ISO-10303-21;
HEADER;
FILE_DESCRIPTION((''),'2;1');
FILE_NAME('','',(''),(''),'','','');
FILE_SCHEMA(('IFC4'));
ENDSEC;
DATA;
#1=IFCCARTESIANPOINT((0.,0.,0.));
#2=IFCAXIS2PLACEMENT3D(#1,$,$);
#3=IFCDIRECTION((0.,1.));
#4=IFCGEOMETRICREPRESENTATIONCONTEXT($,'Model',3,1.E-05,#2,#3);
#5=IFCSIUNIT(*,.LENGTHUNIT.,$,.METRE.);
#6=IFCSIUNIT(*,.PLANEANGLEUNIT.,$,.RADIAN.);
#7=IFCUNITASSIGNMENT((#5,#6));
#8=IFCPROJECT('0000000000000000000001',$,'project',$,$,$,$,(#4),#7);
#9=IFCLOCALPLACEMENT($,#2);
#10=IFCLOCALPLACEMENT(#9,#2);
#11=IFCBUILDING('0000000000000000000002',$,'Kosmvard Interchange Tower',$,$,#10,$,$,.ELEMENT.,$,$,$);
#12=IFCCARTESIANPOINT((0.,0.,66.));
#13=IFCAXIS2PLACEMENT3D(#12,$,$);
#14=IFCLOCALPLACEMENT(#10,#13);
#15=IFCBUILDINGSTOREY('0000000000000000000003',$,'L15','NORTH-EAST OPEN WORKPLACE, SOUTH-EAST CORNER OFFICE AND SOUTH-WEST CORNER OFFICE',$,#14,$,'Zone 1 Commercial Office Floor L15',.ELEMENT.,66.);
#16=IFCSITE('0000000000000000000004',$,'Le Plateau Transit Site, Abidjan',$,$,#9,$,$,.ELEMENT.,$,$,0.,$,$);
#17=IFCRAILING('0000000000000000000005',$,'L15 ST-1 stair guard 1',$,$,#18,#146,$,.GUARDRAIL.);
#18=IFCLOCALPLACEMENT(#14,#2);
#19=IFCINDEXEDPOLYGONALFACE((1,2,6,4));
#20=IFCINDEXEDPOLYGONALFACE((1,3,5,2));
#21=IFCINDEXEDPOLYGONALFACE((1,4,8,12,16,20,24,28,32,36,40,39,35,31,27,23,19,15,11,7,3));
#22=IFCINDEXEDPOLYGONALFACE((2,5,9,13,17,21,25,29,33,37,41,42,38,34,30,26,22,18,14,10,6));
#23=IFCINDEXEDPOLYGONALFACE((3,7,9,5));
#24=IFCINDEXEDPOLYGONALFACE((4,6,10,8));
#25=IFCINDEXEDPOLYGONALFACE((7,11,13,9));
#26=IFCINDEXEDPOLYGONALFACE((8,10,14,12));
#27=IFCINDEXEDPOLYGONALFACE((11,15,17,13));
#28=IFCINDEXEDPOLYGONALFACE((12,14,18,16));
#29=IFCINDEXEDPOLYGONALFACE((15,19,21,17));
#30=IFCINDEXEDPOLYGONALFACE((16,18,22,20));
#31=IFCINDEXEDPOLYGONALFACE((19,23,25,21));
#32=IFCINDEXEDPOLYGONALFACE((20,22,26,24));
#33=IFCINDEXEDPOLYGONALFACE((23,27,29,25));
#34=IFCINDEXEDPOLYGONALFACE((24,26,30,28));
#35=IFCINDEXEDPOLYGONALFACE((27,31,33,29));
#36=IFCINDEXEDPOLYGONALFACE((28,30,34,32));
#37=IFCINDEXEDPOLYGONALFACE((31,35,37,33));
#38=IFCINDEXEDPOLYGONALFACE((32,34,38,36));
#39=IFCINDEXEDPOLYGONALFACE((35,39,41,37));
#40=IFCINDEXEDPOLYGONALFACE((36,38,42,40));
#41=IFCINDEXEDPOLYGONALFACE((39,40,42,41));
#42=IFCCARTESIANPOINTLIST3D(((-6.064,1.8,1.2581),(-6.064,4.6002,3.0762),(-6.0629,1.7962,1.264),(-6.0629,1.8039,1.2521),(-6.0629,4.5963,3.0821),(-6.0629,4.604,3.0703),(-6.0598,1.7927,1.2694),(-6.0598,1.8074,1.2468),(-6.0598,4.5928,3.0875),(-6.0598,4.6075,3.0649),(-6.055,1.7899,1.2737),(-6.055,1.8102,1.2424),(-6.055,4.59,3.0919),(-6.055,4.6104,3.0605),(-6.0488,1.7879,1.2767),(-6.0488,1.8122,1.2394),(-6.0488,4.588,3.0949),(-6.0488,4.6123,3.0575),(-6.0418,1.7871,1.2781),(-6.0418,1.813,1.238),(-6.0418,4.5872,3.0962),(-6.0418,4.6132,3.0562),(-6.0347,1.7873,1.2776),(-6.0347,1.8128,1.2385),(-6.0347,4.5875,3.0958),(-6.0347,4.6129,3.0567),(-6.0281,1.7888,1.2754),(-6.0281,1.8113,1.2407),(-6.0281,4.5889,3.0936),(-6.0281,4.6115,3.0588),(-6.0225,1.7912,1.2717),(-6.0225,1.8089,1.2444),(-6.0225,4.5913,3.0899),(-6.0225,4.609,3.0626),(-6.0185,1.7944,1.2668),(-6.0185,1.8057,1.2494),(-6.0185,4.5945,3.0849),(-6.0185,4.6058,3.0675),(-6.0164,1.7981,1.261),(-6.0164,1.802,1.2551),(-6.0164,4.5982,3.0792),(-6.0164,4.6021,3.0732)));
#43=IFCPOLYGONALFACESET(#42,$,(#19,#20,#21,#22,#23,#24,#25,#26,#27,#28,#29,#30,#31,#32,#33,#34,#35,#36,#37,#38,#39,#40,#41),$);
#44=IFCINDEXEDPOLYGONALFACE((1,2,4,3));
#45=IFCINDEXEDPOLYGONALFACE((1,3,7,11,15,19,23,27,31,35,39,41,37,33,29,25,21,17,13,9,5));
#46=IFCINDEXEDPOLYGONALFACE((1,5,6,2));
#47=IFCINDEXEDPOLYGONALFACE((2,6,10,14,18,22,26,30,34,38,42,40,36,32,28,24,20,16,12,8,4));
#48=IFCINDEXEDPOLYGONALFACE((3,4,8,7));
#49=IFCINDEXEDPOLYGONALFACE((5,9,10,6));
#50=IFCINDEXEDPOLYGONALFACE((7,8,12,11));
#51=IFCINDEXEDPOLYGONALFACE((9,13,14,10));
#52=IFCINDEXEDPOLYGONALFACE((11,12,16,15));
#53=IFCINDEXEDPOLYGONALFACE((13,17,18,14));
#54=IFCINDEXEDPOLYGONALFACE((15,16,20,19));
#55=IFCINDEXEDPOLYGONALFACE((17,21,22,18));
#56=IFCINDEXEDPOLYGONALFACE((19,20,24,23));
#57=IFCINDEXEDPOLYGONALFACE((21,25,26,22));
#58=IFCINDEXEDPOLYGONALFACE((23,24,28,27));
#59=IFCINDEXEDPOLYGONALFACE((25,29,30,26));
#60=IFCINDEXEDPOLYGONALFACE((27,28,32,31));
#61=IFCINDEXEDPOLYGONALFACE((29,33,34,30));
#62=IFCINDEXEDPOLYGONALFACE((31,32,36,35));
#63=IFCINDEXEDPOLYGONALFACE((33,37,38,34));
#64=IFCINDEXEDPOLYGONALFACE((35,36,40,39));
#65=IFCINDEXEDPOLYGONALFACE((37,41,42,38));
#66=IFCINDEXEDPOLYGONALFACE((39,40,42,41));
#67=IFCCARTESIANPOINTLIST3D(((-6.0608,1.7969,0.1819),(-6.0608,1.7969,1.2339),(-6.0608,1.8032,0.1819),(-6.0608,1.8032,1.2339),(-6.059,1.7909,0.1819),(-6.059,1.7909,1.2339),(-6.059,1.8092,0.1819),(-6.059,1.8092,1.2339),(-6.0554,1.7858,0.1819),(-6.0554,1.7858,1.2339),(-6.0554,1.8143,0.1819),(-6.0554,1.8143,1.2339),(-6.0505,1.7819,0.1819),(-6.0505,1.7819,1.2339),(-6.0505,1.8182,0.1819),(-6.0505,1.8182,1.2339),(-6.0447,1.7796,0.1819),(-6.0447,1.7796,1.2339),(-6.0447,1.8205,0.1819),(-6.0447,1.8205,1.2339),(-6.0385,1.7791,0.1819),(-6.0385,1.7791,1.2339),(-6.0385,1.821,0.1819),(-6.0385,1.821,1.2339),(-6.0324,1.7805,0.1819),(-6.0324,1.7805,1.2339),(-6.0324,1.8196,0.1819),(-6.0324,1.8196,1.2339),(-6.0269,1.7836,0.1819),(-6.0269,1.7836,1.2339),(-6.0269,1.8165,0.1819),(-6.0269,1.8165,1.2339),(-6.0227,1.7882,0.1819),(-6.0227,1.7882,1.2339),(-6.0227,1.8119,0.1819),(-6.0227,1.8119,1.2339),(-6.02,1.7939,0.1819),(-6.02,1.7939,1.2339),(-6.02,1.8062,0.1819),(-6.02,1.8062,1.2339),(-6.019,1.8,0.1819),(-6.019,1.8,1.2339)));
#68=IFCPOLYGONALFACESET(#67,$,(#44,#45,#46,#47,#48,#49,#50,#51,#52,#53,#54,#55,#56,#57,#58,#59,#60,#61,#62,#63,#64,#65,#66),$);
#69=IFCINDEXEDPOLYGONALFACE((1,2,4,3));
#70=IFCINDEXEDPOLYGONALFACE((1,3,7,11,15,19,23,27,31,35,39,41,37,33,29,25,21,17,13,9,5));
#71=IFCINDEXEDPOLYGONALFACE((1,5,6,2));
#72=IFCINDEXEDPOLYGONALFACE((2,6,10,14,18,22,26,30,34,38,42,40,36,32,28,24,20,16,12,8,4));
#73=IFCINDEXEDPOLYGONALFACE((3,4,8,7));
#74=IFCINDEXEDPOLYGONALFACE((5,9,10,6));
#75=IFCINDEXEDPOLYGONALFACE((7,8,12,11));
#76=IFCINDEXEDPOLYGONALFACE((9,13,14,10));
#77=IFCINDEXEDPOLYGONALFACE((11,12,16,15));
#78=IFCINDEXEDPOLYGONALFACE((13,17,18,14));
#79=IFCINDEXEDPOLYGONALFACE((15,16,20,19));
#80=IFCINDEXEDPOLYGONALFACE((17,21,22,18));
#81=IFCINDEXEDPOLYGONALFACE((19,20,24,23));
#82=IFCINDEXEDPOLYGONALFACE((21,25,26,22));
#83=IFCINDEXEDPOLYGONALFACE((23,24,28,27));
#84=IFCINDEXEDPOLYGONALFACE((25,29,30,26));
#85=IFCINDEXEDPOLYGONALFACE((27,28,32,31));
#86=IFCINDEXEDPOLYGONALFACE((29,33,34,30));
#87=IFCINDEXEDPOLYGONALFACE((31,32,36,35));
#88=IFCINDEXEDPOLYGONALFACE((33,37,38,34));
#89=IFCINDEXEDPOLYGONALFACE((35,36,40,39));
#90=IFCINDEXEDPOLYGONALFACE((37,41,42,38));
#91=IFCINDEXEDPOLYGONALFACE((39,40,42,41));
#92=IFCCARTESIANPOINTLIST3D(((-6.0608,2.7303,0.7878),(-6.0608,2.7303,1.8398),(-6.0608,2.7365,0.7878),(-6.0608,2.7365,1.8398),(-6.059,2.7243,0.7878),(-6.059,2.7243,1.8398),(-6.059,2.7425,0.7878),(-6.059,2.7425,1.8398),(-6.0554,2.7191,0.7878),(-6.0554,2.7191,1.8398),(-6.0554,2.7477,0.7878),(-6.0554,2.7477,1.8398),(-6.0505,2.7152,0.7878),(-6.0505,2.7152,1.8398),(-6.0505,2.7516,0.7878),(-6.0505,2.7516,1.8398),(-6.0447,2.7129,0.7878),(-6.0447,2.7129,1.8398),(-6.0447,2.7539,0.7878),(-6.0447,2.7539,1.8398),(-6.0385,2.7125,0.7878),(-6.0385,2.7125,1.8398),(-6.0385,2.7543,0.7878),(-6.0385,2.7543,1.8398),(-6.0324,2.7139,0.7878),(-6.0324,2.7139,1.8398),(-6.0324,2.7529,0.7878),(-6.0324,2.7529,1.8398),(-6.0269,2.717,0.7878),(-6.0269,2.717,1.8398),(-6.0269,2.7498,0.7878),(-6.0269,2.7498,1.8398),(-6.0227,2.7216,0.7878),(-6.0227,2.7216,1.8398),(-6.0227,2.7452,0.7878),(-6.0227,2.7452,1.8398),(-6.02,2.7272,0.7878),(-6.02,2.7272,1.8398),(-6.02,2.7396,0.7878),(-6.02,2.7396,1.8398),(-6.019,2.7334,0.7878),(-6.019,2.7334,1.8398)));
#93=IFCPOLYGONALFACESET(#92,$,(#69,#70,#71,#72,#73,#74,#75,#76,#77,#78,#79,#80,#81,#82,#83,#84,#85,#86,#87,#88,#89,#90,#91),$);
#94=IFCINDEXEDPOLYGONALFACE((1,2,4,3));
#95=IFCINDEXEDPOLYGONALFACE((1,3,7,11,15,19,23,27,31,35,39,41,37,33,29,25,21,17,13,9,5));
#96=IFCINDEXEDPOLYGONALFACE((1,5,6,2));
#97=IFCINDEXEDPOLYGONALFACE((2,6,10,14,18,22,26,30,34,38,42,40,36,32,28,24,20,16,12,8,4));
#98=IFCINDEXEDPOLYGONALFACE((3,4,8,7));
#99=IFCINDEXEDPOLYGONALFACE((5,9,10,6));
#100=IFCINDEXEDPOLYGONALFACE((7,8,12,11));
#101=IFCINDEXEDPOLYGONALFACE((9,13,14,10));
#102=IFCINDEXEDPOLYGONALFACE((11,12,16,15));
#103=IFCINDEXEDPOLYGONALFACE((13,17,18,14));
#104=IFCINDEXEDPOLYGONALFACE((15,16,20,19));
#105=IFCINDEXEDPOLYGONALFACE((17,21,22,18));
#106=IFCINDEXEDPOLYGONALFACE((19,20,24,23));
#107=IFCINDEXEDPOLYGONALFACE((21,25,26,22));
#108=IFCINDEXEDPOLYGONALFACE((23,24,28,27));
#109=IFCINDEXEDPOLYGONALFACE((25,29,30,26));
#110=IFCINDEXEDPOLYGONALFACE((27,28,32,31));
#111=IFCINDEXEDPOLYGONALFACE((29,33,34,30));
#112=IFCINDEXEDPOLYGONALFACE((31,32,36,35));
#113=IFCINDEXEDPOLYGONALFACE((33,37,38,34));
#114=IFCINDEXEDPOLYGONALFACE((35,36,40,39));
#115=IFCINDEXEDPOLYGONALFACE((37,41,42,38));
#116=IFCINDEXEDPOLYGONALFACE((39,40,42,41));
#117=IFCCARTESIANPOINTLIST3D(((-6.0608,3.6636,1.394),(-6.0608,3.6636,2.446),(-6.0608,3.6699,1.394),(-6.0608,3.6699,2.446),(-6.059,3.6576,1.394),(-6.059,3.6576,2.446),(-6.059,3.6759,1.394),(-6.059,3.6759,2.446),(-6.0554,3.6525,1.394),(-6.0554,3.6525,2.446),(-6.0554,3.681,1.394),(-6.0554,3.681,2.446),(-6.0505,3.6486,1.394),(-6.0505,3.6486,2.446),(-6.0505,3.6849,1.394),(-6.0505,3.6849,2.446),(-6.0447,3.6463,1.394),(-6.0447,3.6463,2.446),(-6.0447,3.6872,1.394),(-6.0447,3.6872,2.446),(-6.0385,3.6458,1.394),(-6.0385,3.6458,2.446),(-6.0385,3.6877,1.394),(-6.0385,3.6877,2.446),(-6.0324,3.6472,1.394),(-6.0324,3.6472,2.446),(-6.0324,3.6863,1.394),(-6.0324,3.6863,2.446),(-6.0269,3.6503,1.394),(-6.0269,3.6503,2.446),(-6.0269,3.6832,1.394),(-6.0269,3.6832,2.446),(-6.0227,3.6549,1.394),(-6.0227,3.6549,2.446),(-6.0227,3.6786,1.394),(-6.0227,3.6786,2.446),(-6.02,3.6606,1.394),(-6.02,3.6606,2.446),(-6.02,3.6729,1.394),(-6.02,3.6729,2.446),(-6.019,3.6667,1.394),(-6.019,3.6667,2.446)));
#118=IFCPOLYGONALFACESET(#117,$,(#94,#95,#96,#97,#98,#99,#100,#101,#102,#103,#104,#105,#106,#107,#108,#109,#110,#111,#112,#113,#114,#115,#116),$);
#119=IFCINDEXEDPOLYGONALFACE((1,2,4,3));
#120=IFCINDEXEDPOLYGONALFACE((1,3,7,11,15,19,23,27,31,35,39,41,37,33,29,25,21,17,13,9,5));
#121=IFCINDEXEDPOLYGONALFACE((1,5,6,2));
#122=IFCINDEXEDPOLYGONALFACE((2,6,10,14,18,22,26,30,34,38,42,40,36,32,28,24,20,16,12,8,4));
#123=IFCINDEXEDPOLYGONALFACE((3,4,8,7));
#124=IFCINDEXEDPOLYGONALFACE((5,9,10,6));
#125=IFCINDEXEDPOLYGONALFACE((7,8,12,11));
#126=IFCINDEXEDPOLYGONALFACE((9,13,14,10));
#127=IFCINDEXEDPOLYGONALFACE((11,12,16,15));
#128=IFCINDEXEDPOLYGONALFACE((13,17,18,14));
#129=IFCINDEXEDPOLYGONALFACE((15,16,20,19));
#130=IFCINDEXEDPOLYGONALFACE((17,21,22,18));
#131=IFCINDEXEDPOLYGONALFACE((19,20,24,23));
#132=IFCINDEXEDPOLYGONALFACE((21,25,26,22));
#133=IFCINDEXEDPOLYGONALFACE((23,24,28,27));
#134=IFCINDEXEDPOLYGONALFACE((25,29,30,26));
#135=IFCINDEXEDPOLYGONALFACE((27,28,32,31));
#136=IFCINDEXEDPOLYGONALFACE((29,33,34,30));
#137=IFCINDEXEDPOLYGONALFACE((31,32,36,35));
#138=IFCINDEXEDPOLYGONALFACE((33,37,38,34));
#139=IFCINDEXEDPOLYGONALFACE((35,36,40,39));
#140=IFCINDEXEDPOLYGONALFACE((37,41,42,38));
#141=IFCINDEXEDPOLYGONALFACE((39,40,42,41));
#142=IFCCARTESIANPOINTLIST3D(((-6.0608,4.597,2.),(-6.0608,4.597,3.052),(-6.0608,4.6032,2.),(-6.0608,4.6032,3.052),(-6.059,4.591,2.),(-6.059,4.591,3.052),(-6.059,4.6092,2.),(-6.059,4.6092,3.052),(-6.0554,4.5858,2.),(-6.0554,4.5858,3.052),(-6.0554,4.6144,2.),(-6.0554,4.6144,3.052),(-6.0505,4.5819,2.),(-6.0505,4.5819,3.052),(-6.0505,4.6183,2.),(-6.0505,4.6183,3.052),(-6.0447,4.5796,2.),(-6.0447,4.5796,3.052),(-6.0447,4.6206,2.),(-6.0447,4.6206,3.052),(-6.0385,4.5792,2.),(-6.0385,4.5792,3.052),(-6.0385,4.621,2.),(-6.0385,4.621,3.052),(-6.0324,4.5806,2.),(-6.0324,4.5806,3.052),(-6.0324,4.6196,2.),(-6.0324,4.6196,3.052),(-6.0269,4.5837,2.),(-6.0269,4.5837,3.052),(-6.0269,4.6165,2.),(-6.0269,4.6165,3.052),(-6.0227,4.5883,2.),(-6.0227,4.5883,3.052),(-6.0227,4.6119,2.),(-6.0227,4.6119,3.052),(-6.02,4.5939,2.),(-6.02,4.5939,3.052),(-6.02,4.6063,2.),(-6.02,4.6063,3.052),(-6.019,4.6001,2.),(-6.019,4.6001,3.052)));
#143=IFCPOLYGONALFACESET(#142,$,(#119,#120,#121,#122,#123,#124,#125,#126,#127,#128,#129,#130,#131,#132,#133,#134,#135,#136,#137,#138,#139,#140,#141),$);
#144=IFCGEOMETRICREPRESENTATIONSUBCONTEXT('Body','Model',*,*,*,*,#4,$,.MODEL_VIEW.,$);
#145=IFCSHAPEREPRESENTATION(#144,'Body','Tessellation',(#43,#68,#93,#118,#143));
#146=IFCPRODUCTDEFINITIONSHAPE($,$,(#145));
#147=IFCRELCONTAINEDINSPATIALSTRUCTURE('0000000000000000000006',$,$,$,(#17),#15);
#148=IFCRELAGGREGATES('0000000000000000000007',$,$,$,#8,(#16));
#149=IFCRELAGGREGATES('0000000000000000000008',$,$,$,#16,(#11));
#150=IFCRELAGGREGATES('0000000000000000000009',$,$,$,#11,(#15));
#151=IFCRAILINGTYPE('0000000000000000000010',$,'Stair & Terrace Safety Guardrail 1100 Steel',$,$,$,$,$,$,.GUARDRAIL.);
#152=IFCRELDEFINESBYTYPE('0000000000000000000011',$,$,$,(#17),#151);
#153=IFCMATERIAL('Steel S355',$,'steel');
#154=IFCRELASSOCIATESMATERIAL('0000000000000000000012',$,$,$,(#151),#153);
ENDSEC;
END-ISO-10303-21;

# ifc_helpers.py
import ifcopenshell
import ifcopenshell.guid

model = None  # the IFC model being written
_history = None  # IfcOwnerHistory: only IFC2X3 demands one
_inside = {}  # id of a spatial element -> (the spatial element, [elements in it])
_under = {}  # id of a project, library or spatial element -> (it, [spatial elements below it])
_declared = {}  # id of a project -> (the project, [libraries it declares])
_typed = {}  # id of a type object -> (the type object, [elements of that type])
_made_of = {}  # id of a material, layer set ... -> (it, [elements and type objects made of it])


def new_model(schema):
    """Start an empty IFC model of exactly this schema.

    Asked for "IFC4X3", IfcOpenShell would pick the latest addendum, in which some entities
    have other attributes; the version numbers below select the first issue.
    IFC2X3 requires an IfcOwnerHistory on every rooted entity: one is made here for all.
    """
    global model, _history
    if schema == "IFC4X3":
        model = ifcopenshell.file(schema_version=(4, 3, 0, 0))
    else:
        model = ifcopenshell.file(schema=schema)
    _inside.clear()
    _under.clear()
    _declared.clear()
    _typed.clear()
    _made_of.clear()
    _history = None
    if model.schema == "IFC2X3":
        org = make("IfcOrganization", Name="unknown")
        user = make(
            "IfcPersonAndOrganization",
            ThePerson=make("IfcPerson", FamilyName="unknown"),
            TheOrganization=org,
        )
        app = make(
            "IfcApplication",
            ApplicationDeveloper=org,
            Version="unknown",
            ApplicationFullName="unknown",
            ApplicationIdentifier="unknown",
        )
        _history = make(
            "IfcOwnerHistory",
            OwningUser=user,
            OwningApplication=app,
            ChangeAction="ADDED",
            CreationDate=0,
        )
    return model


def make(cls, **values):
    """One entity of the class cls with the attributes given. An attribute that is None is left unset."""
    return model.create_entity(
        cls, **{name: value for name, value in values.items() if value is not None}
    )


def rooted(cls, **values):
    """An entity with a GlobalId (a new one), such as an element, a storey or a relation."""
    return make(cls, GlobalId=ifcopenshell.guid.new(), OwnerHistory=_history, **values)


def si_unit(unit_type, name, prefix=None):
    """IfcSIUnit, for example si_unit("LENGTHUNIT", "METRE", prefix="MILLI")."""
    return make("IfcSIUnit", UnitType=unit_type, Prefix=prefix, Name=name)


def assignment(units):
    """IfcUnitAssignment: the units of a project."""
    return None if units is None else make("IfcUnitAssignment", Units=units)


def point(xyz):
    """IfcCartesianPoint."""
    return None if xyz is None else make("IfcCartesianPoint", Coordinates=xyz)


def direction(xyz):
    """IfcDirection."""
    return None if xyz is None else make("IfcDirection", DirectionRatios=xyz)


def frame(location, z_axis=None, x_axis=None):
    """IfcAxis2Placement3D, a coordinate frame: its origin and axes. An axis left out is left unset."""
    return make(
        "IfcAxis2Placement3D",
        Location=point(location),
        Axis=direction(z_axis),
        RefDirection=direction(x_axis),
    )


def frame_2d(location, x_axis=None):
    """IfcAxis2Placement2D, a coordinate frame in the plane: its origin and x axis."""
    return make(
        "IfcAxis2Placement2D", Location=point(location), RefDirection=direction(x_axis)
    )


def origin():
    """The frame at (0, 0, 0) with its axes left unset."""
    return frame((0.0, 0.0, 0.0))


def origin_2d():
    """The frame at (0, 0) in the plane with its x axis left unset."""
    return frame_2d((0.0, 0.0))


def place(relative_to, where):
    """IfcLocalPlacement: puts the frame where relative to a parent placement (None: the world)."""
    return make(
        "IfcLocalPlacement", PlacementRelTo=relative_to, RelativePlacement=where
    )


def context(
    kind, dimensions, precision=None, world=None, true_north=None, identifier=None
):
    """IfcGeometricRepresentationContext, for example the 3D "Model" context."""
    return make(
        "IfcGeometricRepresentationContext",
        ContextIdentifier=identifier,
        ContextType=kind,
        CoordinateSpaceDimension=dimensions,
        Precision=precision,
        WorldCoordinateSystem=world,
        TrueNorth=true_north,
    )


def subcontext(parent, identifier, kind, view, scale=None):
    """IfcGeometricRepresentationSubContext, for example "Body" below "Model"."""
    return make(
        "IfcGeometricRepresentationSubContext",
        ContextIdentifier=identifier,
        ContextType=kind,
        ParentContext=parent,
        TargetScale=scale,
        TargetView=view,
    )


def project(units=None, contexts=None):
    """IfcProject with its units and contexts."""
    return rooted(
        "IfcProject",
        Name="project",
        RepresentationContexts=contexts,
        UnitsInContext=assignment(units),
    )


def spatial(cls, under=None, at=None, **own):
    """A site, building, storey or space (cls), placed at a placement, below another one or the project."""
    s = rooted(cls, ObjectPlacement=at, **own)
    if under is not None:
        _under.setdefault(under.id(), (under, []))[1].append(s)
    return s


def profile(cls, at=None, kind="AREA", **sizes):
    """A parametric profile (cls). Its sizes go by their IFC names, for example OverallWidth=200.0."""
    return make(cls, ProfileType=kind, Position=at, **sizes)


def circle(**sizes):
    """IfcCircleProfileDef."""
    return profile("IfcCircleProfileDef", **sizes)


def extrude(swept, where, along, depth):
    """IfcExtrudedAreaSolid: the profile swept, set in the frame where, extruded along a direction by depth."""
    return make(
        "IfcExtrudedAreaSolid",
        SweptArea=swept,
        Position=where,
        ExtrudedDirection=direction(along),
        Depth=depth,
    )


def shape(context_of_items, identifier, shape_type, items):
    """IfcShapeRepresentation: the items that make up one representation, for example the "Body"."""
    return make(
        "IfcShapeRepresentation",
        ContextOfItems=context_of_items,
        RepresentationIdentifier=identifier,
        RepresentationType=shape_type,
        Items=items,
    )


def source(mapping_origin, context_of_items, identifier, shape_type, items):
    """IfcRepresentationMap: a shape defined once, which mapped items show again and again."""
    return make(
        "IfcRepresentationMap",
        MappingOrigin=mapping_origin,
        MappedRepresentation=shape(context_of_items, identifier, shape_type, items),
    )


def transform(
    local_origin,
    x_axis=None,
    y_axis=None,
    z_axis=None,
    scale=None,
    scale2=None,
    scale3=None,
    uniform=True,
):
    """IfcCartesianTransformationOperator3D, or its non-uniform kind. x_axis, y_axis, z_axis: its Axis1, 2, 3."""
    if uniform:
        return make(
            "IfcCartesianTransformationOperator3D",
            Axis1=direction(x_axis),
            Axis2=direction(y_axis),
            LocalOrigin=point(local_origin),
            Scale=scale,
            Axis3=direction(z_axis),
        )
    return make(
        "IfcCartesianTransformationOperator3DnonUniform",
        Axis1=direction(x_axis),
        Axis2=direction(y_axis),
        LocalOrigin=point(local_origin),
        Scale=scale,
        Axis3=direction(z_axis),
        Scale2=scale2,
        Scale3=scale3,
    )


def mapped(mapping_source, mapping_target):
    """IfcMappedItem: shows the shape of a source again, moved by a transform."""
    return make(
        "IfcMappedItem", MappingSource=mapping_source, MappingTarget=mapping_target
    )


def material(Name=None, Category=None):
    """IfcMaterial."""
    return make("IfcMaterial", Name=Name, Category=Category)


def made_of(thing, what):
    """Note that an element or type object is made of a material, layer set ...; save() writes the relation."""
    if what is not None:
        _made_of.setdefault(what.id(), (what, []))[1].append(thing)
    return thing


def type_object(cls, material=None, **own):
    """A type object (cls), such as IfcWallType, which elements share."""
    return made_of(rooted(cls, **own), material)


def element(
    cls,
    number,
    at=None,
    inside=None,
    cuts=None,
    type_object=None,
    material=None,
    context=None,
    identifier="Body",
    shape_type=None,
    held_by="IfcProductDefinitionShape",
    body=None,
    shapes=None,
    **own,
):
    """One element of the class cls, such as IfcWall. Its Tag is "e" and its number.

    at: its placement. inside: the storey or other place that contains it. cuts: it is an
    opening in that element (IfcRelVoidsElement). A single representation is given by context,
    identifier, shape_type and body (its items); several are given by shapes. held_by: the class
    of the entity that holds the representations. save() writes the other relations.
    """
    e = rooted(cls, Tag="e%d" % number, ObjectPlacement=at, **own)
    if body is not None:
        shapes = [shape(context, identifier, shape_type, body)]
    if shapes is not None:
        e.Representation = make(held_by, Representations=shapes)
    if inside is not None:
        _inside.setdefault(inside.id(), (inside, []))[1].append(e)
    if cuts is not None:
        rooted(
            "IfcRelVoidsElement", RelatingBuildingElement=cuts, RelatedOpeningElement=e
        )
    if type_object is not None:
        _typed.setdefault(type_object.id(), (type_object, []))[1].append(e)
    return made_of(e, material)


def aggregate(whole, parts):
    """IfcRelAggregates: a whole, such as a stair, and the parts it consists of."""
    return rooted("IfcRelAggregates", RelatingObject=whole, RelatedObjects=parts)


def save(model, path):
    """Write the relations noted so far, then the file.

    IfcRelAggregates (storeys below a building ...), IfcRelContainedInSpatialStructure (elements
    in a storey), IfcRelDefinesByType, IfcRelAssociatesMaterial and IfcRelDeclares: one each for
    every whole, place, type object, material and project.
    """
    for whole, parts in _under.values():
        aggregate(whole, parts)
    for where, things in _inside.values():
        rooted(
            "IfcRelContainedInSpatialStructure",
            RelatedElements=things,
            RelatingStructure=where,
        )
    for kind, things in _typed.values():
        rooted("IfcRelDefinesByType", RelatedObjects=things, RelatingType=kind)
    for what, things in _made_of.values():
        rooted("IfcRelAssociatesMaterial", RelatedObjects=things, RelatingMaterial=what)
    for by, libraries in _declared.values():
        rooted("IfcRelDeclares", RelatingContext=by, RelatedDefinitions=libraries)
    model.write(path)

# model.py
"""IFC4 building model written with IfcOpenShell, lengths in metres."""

from ifc_helpers import new_model, si_unit, direction, frame, origin, origin_2d, place, context, subcontext, project, spatial, circle, extrude, source, transform, mapped, material, type_object, element, save


model = new_model("IFC4")

# Units and contexts
model_context = context("Model", 3, precision=1e-05, world=origin(), true_north=direction((0.0, 1.0)))
body_context = subcontext(model_context, "Body", "Model", "MODEL_VIEW")
ifc_project = project(units=[si_unit("LENGTHUNIT", "METRE"), si_unit("PLANEANGLEUNIT", "RADIAN")], contexts=[model_context])

# Site, building, storey
site_placement = place(None, origin())
site = spatial("IfcSite", under=ifc_project, at=site_placement, Name="Le Plateau Transit Site, Abidjan", CompositionType="ELEMENT", RefElevation=0.0)
building_placement = place(site_placement, origin())
building = spatial("IfcBuilding", under=site, at=building_placement, Name="Kosmvard Interchange Tower", CompositionType="ELEMENT")
storey_placement = place(building_placement, frame((0.0, 0.0, 66.0)))
storey = spatial("IfcBuildingStorey", under=building, at=storey_placement, Name="L15", Description="NORTH-EAST OPEN WORKPLACE, SOUTH-EAST CORNER OFFICE AND SOUTH-WEST CORNER OFFICE", LongName="Zone 1 Commercial Office Floor L15", CompositionType="ELEMENT", Elevation=66.0)

# Shared definitions
ifc_material_1 = material(Name="Steel S355", Category="steel")

# Railing
railing_type_1 = type_object("IfcRailingType", Name="Stair & Terrace Safety Guardrail 1100 Steel", PredefinedType="GUARDRAIL", material=ifc_material_1)
shared_shape_1 = source(origin(), body_context, "Body", "SweptSolid", [
    extrude(circle(Radius=0.0239, at=origin_2d()), frame((0.0, 0.0, 1.0762), z_axis=(0.0, 0.838706, 0.544585), x_axis=(-1.0, 0.0, 0.0)), (0.0, 0.0, 1.0), 3.3386),
    extrude(circle(Radius=0.021, at=origin_2d()), origin(), (0.0, 0.0, 1.0), 1.052),
    extrude(circle(Radius=0.021, at=origin_2d()), frame((0.0, 0.9333, 0.606)), (0.0, 0.0, 1.0), 1.052),
    extrude(circle(Radius=0.021, at=origin_2d()), frame((0.0, 1.8667, 1.2122)), (0.0, 0.0, 1.0), 1.052),
    extrude(circle(Radius=0.021, at=origin_2d()), frame((0.0, 2.8, 1.8181)), (0.0, 0.0, 1.0), 1.052),
])
railing_1_placement = place(storey_placement, frame((-6.04, 1.8, 0.1819)))
element("IfcRailing", 1, at=railing_1_placement, inside=storey, type_object=railing_type_1, Name="L15 ST-1 stair guard 1", PredefinedType="GUARDRAIL", context=body_context, shape_type="MappedRepresentation", body=[
    mapped(shared_shape_1, transform((0.0, 0.0, 0.0), scale=1.0)),
])

save(model, "model.ifc")
